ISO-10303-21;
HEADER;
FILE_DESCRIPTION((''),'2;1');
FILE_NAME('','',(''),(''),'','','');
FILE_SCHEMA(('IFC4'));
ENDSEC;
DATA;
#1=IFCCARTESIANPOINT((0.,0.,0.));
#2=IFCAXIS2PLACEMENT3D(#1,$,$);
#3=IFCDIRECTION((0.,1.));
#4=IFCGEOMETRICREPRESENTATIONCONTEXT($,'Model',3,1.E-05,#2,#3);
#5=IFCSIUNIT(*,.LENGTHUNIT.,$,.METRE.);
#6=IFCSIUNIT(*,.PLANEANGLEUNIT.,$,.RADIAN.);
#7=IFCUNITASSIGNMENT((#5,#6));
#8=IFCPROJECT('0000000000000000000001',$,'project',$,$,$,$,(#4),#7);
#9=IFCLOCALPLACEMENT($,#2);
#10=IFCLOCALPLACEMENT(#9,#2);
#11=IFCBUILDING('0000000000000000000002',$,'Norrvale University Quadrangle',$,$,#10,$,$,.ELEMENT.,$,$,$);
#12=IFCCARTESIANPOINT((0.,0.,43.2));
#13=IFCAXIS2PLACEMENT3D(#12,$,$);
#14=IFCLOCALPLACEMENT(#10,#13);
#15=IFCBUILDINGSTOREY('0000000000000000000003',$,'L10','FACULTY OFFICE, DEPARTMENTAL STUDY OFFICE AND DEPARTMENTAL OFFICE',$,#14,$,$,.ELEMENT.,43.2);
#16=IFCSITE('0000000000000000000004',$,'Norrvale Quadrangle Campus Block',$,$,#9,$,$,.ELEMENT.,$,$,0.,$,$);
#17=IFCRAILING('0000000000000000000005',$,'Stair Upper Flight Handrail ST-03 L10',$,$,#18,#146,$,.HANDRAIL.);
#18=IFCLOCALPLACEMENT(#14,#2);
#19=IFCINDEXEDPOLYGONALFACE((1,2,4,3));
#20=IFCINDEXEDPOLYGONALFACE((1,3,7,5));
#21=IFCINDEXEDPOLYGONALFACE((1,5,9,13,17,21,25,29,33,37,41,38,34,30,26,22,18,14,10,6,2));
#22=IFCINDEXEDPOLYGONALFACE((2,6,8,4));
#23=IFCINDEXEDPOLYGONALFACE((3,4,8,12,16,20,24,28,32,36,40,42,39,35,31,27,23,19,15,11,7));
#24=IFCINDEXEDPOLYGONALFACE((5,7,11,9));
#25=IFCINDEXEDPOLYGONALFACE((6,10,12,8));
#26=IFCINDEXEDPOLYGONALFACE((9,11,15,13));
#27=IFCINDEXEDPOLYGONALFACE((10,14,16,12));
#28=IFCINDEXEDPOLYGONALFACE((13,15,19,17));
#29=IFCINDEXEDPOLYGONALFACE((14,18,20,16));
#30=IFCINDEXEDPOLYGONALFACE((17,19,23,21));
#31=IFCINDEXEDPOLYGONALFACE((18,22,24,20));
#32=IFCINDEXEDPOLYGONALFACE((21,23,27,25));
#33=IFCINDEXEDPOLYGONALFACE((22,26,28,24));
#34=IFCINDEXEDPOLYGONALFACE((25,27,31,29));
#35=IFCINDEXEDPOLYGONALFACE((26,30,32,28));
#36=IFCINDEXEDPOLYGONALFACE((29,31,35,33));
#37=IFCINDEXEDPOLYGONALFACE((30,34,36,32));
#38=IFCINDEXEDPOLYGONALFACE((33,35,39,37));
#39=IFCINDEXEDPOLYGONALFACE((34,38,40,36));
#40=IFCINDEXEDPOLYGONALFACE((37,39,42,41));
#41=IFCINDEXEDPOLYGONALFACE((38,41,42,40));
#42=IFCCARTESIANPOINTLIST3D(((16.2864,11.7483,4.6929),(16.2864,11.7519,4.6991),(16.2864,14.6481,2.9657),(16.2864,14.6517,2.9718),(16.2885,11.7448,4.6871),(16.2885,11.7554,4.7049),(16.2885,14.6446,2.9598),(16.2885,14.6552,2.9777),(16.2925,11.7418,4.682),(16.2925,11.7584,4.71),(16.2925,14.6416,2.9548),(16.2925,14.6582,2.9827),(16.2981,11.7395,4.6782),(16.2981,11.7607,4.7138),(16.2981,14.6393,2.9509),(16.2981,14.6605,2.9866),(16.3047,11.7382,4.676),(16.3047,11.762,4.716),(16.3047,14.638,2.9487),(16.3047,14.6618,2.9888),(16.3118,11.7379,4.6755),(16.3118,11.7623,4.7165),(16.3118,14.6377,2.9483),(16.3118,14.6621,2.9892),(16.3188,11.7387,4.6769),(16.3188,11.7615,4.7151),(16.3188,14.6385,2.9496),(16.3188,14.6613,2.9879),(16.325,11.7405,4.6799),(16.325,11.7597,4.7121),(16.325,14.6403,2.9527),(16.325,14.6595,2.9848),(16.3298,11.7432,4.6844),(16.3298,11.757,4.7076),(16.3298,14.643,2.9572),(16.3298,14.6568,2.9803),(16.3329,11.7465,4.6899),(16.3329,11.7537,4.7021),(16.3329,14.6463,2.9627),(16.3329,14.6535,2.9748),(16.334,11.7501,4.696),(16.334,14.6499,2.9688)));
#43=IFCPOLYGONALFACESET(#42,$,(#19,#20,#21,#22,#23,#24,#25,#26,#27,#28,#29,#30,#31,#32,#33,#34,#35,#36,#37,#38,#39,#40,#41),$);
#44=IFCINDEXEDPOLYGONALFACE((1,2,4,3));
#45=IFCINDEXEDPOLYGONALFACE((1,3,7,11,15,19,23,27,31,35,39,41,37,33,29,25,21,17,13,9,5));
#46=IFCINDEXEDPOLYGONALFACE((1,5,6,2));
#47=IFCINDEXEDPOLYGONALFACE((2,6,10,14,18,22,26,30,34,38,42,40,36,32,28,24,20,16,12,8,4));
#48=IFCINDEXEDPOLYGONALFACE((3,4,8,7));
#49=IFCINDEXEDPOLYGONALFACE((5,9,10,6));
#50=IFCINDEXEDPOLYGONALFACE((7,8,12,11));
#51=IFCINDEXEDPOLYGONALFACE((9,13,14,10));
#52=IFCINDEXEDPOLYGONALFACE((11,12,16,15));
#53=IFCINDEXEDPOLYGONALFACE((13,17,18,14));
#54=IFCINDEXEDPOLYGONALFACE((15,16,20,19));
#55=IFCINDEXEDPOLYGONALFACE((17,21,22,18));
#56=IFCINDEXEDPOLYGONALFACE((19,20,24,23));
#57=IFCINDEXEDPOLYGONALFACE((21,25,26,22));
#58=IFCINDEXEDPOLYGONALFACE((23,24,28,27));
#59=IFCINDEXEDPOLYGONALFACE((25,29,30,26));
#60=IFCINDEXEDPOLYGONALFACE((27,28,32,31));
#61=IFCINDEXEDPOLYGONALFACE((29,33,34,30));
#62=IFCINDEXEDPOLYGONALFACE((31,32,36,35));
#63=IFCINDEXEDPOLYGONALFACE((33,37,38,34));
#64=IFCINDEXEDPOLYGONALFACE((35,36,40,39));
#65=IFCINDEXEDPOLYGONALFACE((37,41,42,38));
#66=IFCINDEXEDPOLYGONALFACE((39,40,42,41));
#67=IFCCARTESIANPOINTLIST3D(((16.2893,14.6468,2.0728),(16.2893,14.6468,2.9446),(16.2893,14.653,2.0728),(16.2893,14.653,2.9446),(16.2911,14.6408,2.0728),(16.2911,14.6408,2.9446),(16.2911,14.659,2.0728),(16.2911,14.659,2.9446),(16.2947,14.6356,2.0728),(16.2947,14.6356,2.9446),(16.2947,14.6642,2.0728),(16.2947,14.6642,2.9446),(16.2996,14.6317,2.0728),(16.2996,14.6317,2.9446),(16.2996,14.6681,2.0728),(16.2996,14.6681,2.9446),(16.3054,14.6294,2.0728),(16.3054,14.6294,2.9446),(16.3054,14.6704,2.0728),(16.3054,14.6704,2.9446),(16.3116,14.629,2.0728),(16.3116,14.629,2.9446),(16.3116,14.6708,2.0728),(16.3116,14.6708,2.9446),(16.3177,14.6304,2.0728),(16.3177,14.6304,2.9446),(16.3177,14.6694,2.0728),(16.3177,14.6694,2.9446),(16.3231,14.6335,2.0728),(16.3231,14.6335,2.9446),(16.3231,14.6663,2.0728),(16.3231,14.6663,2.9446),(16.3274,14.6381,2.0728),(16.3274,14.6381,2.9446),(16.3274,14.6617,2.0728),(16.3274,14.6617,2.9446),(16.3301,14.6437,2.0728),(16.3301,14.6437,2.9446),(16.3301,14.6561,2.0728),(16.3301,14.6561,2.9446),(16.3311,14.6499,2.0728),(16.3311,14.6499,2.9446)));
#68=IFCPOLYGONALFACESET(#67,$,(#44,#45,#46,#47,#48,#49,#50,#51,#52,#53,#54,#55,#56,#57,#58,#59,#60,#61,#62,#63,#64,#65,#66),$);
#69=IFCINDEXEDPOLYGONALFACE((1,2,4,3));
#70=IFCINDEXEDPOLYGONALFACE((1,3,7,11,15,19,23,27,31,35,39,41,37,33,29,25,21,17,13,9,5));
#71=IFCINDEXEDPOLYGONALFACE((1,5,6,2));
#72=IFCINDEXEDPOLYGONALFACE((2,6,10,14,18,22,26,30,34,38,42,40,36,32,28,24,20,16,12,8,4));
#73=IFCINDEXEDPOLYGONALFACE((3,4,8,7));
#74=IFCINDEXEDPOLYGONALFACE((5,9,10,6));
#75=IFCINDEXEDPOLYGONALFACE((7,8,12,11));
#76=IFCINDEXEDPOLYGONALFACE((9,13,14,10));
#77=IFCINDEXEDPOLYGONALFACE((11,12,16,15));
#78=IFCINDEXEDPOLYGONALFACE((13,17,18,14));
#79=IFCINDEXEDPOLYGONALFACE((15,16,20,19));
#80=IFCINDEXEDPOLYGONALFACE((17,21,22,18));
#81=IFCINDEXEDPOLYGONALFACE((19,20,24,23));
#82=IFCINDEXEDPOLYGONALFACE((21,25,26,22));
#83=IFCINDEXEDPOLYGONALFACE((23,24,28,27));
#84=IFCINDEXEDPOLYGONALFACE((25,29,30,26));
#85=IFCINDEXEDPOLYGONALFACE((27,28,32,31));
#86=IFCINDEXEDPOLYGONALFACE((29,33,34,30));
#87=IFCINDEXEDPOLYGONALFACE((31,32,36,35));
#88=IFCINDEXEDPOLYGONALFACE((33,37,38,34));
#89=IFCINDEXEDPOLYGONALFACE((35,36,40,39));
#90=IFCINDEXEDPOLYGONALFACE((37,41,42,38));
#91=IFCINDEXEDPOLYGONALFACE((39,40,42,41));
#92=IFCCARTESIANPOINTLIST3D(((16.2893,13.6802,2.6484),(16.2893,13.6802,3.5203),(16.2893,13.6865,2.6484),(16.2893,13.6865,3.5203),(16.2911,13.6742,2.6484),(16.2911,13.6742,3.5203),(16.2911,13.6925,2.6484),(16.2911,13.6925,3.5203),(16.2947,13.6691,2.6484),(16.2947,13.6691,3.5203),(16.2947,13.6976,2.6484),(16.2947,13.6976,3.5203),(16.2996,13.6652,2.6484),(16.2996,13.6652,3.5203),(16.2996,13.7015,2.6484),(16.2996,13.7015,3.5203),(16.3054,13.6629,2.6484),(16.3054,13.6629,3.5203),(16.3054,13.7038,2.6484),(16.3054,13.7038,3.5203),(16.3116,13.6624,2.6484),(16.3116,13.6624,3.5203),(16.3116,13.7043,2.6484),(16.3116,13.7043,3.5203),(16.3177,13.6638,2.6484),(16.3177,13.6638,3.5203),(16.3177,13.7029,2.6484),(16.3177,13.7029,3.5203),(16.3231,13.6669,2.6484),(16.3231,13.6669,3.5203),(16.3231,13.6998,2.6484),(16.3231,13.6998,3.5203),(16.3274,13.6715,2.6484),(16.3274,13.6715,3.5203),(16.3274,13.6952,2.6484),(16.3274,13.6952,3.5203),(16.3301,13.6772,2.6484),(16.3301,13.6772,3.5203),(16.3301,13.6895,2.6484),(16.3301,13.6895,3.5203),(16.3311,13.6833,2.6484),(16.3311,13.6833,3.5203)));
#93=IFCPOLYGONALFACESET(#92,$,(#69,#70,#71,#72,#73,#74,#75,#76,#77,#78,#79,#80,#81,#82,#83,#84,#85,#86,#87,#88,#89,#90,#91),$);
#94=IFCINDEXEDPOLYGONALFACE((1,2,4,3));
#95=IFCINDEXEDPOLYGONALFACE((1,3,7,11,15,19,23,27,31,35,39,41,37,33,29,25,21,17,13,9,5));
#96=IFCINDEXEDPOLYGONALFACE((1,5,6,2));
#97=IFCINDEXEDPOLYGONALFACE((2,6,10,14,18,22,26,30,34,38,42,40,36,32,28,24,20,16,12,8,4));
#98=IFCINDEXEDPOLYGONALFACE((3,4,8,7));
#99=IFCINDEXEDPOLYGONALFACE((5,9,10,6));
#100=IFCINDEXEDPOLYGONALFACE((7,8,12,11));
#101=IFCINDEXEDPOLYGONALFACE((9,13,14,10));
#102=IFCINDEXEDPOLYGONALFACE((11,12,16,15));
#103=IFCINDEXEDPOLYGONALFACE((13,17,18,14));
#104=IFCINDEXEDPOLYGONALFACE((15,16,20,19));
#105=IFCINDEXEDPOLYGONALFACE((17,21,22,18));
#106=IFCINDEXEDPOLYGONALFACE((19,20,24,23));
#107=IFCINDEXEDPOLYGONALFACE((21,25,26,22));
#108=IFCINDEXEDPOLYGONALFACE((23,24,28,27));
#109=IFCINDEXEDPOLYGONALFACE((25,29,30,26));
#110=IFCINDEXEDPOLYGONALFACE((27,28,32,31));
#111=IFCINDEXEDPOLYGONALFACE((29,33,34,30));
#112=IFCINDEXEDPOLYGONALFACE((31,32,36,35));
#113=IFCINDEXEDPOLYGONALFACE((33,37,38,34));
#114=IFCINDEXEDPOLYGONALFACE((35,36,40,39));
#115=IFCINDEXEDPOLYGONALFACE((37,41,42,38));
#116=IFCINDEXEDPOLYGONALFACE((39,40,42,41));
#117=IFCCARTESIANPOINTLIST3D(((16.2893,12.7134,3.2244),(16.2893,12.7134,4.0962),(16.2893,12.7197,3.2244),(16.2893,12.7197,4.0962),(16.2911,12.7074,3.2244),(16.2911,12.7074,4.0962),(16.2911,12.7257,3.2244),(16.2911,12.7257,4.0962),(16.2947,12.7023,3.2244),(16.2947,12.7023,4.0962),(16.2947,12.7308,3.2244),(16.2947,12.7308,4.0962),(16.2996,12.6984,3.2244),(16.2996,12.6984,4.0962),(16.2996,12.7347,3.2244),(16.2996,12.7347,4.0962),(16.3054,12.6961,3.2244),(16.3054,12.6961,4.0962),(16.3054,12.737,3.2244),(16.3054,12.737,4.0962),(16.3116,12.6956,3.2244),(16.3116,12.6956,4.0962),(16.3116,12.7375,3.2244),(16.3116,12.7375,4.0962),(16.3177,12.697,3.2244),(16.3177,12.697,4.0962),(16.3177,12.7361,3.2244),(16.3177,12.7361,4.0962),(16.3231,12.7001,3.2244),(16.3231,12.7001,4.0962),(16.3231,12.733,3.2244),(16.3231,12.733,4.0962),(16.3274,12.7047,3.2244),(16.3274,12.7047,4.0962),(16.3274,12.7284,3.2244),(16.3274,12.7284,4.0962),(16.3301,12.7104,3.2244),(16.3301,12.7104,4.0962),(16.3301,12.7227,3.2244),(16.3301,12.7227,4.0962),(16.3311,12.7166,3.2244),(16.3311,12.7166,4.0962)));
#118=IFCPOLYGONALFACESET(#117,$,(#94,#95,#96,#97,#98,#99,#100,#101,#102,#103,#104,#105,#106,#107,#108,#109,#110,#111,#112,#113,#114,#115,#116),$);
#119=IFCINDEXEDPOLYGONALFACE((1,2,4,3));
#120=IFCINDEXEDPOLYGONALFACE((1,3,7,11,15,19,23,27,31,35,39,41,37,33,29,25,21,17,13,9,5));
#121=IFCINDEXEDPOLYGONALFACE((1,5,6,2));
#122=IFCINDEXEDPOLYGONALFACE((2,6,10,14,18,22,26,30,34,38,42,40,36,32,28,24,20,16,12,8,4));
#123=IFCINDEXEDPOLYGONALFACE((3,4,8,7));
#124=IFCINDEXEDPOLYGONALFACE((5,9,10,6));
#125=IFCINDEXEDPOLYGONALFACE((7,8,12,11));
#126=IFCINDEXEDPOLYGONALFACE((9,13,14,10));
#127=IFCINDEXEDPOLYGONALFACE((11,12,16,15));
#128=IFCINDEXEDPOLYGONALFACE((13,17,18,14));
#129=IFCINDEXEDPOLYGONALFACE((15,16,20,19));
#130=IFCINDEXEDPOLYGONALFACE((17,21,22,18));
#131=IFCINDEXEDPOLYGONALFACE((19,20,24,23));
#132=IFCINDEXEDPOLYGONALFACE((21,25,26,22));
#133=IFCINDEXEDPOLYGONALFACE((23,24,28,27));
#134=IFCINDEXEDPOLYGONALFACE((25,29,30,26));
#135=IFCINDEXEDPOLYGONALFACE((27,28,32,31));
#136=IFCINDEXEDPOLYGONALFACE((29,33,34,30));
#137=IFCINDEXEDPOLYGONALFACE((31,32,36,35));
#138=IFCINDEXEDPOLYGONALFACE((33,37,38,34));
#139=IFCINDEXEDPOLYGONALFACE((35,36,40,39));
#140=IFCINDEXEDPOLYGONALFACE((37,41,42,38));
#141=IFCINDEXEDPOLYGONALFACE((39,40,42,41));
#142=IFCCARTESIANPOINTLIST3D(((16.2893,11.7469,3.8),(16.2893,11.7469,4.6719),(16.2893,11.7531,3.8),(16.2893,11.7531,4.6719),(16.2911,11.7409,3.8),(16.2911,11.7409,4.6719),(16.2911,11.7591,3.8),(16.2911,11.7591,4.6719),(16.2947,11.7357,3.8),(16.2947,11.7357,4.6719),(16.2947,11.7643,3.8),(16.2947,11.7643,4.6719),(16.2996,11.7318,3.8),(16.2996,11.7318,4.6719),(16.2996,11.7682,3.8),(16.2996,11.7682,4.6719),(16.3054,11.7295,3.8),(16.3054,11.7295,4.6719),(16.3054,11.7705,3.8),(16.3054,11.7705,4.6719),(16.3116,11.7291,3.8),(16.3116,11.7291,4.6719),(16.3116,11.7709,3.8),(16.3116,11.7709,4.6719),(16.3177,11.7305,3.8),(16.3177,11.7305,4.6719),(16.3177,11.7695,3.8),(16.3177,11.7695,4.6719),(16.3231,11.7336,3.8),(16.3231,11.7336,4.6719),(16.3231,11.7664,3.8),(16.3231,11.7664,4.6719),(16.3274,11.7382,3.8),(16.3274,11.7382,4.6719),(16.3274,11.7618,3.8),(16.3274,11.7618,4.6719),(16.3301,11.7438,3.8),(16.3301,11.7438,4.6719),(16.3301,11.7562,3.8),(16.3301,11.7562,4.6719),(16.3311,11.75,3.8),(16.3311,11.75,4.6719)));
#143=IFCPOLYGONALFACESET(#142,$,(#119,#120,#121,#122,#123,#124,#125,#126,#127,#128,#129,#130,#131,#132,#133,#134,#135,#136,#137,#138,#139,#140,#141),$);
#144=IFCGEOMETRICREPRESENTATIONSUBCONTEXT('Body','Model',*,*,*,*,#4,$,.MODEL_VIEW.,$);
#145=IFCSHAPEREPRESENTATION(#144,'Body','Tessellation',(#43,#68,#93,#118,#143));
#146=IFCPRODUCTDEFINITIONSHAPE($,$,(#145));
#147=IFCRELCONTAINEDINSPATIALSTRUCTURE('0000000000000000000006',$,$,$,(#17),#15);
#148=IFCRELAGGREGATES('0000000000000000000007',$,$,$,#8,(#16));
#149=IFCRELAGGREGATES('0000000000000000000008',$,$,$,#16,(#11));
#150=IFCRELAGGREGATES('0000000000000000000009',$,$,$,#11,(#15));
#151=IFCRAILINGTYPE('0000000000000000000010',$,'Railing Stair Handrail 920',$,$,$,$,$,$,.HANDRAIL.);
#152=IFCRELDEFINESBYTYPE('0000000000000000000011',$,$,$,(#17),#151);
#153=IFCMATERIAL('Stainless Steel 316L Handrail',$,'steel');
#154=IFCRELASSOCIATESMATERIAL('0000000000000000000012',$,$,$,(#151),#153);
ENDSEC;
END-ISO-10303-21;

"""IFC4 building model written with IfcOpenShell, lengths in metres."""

from ifc_helpers import new_model, si_unit, direction, frame, origin, origin_2d, place, context, subcontext, project, spatial, circle, extrude, material, type_object, element, save


model = new_model("IFC4")

# Units and contexts
model_context = context("Model", 3, precision=1e-05, world=origin(), true_north=direction((0.0, 1.0)))
body_context = subcontext(model_context, "Body", "Model", "MODEL_VIEW")
ifc_project = project(units=[si_unit("LENGTHUNIT", "METRE"), si_unit("PLANEANGLEUNIT", "RADIAN")], contexts=[model_context])

# Site, building, storey
site_placement = place(None, origin())
site = spatial("IfcSite", under=ifc_project, at=site_placement, Name="Norrvale Quadrangle Campus Block", CompositionType="ELEMENT", RefElevation=0.0)
building_placement = place(site_placement, origin())
building = spatial("IfcBuilding", under=site, at=building_placement, Name="Norrvale University Quadrangle", CompositionType="ELEMENT")
storey_placement = place(building_placement, frame((0.0, 0.0, 43.2)))
storey = spatial("IfcBuildingStorey", under=building, at=storey_placement, Name="L10", Description="FACULTY OFFICE, DEPARTMENTAL STUDY OFFICE AND DEPARTMENTAL OFFICE", CompositionType="ELEMENT", Elevation=43.2)

# Railing
ifc_material_1 = material(Name="Stainless Steel 316L Handrail", Category="steel")
railing_type_1 = type_object("IfcRailingType", Name="Railing Stair Handrail 920", PredefinedType="HANDRAIL", material=ifc_material_1)
railing_1_placement = place(storey_placement, frame((16.3101, 14.6499, 2.0728)))
element("IfcRailing", 1, at=railing_1_placement, inside=storey, type_object=railing_type_1, Name="Stair Upper Flight Handrail ST-03 L10", PredefinedType="HANDRAIL", context=body_context, shape_type="SweptSolid", body=[
    extrude(circle(Radius=0.0239, at=origin_2d()), frame((0.0, 0.0, 0.896), z_axis=(0.0, -0.859141, 0.511738), x_axis=(1.0, 0.0, 0.0)), (0.0, 0.0, 1.0), 3.3752),
    extrude(circle(Radius=0.021, at=origin_2d()), origin(), (0.0, 0.0, 1.0), 0.8718),
    extrude(circle(Radius=0.021, at=origin_2d()), frame((0.0, -0.9666, 0.5757)), (0.0, 0.0, 1.0), 0.8718),
    extrude(circle(Radius=0.021, at=origin_2d()), frame((0.0, -1.9333, 1.1516)), (0.0, 0.0, 1.0), 0.8718),
    extrude(circle(Radius=0.021, at=origin_2d()), frame((0.0, -2.8999, 1.7273)), (0.0, 0.0, 1.0), 0.8718),
])

save(model, "model.ifc")
